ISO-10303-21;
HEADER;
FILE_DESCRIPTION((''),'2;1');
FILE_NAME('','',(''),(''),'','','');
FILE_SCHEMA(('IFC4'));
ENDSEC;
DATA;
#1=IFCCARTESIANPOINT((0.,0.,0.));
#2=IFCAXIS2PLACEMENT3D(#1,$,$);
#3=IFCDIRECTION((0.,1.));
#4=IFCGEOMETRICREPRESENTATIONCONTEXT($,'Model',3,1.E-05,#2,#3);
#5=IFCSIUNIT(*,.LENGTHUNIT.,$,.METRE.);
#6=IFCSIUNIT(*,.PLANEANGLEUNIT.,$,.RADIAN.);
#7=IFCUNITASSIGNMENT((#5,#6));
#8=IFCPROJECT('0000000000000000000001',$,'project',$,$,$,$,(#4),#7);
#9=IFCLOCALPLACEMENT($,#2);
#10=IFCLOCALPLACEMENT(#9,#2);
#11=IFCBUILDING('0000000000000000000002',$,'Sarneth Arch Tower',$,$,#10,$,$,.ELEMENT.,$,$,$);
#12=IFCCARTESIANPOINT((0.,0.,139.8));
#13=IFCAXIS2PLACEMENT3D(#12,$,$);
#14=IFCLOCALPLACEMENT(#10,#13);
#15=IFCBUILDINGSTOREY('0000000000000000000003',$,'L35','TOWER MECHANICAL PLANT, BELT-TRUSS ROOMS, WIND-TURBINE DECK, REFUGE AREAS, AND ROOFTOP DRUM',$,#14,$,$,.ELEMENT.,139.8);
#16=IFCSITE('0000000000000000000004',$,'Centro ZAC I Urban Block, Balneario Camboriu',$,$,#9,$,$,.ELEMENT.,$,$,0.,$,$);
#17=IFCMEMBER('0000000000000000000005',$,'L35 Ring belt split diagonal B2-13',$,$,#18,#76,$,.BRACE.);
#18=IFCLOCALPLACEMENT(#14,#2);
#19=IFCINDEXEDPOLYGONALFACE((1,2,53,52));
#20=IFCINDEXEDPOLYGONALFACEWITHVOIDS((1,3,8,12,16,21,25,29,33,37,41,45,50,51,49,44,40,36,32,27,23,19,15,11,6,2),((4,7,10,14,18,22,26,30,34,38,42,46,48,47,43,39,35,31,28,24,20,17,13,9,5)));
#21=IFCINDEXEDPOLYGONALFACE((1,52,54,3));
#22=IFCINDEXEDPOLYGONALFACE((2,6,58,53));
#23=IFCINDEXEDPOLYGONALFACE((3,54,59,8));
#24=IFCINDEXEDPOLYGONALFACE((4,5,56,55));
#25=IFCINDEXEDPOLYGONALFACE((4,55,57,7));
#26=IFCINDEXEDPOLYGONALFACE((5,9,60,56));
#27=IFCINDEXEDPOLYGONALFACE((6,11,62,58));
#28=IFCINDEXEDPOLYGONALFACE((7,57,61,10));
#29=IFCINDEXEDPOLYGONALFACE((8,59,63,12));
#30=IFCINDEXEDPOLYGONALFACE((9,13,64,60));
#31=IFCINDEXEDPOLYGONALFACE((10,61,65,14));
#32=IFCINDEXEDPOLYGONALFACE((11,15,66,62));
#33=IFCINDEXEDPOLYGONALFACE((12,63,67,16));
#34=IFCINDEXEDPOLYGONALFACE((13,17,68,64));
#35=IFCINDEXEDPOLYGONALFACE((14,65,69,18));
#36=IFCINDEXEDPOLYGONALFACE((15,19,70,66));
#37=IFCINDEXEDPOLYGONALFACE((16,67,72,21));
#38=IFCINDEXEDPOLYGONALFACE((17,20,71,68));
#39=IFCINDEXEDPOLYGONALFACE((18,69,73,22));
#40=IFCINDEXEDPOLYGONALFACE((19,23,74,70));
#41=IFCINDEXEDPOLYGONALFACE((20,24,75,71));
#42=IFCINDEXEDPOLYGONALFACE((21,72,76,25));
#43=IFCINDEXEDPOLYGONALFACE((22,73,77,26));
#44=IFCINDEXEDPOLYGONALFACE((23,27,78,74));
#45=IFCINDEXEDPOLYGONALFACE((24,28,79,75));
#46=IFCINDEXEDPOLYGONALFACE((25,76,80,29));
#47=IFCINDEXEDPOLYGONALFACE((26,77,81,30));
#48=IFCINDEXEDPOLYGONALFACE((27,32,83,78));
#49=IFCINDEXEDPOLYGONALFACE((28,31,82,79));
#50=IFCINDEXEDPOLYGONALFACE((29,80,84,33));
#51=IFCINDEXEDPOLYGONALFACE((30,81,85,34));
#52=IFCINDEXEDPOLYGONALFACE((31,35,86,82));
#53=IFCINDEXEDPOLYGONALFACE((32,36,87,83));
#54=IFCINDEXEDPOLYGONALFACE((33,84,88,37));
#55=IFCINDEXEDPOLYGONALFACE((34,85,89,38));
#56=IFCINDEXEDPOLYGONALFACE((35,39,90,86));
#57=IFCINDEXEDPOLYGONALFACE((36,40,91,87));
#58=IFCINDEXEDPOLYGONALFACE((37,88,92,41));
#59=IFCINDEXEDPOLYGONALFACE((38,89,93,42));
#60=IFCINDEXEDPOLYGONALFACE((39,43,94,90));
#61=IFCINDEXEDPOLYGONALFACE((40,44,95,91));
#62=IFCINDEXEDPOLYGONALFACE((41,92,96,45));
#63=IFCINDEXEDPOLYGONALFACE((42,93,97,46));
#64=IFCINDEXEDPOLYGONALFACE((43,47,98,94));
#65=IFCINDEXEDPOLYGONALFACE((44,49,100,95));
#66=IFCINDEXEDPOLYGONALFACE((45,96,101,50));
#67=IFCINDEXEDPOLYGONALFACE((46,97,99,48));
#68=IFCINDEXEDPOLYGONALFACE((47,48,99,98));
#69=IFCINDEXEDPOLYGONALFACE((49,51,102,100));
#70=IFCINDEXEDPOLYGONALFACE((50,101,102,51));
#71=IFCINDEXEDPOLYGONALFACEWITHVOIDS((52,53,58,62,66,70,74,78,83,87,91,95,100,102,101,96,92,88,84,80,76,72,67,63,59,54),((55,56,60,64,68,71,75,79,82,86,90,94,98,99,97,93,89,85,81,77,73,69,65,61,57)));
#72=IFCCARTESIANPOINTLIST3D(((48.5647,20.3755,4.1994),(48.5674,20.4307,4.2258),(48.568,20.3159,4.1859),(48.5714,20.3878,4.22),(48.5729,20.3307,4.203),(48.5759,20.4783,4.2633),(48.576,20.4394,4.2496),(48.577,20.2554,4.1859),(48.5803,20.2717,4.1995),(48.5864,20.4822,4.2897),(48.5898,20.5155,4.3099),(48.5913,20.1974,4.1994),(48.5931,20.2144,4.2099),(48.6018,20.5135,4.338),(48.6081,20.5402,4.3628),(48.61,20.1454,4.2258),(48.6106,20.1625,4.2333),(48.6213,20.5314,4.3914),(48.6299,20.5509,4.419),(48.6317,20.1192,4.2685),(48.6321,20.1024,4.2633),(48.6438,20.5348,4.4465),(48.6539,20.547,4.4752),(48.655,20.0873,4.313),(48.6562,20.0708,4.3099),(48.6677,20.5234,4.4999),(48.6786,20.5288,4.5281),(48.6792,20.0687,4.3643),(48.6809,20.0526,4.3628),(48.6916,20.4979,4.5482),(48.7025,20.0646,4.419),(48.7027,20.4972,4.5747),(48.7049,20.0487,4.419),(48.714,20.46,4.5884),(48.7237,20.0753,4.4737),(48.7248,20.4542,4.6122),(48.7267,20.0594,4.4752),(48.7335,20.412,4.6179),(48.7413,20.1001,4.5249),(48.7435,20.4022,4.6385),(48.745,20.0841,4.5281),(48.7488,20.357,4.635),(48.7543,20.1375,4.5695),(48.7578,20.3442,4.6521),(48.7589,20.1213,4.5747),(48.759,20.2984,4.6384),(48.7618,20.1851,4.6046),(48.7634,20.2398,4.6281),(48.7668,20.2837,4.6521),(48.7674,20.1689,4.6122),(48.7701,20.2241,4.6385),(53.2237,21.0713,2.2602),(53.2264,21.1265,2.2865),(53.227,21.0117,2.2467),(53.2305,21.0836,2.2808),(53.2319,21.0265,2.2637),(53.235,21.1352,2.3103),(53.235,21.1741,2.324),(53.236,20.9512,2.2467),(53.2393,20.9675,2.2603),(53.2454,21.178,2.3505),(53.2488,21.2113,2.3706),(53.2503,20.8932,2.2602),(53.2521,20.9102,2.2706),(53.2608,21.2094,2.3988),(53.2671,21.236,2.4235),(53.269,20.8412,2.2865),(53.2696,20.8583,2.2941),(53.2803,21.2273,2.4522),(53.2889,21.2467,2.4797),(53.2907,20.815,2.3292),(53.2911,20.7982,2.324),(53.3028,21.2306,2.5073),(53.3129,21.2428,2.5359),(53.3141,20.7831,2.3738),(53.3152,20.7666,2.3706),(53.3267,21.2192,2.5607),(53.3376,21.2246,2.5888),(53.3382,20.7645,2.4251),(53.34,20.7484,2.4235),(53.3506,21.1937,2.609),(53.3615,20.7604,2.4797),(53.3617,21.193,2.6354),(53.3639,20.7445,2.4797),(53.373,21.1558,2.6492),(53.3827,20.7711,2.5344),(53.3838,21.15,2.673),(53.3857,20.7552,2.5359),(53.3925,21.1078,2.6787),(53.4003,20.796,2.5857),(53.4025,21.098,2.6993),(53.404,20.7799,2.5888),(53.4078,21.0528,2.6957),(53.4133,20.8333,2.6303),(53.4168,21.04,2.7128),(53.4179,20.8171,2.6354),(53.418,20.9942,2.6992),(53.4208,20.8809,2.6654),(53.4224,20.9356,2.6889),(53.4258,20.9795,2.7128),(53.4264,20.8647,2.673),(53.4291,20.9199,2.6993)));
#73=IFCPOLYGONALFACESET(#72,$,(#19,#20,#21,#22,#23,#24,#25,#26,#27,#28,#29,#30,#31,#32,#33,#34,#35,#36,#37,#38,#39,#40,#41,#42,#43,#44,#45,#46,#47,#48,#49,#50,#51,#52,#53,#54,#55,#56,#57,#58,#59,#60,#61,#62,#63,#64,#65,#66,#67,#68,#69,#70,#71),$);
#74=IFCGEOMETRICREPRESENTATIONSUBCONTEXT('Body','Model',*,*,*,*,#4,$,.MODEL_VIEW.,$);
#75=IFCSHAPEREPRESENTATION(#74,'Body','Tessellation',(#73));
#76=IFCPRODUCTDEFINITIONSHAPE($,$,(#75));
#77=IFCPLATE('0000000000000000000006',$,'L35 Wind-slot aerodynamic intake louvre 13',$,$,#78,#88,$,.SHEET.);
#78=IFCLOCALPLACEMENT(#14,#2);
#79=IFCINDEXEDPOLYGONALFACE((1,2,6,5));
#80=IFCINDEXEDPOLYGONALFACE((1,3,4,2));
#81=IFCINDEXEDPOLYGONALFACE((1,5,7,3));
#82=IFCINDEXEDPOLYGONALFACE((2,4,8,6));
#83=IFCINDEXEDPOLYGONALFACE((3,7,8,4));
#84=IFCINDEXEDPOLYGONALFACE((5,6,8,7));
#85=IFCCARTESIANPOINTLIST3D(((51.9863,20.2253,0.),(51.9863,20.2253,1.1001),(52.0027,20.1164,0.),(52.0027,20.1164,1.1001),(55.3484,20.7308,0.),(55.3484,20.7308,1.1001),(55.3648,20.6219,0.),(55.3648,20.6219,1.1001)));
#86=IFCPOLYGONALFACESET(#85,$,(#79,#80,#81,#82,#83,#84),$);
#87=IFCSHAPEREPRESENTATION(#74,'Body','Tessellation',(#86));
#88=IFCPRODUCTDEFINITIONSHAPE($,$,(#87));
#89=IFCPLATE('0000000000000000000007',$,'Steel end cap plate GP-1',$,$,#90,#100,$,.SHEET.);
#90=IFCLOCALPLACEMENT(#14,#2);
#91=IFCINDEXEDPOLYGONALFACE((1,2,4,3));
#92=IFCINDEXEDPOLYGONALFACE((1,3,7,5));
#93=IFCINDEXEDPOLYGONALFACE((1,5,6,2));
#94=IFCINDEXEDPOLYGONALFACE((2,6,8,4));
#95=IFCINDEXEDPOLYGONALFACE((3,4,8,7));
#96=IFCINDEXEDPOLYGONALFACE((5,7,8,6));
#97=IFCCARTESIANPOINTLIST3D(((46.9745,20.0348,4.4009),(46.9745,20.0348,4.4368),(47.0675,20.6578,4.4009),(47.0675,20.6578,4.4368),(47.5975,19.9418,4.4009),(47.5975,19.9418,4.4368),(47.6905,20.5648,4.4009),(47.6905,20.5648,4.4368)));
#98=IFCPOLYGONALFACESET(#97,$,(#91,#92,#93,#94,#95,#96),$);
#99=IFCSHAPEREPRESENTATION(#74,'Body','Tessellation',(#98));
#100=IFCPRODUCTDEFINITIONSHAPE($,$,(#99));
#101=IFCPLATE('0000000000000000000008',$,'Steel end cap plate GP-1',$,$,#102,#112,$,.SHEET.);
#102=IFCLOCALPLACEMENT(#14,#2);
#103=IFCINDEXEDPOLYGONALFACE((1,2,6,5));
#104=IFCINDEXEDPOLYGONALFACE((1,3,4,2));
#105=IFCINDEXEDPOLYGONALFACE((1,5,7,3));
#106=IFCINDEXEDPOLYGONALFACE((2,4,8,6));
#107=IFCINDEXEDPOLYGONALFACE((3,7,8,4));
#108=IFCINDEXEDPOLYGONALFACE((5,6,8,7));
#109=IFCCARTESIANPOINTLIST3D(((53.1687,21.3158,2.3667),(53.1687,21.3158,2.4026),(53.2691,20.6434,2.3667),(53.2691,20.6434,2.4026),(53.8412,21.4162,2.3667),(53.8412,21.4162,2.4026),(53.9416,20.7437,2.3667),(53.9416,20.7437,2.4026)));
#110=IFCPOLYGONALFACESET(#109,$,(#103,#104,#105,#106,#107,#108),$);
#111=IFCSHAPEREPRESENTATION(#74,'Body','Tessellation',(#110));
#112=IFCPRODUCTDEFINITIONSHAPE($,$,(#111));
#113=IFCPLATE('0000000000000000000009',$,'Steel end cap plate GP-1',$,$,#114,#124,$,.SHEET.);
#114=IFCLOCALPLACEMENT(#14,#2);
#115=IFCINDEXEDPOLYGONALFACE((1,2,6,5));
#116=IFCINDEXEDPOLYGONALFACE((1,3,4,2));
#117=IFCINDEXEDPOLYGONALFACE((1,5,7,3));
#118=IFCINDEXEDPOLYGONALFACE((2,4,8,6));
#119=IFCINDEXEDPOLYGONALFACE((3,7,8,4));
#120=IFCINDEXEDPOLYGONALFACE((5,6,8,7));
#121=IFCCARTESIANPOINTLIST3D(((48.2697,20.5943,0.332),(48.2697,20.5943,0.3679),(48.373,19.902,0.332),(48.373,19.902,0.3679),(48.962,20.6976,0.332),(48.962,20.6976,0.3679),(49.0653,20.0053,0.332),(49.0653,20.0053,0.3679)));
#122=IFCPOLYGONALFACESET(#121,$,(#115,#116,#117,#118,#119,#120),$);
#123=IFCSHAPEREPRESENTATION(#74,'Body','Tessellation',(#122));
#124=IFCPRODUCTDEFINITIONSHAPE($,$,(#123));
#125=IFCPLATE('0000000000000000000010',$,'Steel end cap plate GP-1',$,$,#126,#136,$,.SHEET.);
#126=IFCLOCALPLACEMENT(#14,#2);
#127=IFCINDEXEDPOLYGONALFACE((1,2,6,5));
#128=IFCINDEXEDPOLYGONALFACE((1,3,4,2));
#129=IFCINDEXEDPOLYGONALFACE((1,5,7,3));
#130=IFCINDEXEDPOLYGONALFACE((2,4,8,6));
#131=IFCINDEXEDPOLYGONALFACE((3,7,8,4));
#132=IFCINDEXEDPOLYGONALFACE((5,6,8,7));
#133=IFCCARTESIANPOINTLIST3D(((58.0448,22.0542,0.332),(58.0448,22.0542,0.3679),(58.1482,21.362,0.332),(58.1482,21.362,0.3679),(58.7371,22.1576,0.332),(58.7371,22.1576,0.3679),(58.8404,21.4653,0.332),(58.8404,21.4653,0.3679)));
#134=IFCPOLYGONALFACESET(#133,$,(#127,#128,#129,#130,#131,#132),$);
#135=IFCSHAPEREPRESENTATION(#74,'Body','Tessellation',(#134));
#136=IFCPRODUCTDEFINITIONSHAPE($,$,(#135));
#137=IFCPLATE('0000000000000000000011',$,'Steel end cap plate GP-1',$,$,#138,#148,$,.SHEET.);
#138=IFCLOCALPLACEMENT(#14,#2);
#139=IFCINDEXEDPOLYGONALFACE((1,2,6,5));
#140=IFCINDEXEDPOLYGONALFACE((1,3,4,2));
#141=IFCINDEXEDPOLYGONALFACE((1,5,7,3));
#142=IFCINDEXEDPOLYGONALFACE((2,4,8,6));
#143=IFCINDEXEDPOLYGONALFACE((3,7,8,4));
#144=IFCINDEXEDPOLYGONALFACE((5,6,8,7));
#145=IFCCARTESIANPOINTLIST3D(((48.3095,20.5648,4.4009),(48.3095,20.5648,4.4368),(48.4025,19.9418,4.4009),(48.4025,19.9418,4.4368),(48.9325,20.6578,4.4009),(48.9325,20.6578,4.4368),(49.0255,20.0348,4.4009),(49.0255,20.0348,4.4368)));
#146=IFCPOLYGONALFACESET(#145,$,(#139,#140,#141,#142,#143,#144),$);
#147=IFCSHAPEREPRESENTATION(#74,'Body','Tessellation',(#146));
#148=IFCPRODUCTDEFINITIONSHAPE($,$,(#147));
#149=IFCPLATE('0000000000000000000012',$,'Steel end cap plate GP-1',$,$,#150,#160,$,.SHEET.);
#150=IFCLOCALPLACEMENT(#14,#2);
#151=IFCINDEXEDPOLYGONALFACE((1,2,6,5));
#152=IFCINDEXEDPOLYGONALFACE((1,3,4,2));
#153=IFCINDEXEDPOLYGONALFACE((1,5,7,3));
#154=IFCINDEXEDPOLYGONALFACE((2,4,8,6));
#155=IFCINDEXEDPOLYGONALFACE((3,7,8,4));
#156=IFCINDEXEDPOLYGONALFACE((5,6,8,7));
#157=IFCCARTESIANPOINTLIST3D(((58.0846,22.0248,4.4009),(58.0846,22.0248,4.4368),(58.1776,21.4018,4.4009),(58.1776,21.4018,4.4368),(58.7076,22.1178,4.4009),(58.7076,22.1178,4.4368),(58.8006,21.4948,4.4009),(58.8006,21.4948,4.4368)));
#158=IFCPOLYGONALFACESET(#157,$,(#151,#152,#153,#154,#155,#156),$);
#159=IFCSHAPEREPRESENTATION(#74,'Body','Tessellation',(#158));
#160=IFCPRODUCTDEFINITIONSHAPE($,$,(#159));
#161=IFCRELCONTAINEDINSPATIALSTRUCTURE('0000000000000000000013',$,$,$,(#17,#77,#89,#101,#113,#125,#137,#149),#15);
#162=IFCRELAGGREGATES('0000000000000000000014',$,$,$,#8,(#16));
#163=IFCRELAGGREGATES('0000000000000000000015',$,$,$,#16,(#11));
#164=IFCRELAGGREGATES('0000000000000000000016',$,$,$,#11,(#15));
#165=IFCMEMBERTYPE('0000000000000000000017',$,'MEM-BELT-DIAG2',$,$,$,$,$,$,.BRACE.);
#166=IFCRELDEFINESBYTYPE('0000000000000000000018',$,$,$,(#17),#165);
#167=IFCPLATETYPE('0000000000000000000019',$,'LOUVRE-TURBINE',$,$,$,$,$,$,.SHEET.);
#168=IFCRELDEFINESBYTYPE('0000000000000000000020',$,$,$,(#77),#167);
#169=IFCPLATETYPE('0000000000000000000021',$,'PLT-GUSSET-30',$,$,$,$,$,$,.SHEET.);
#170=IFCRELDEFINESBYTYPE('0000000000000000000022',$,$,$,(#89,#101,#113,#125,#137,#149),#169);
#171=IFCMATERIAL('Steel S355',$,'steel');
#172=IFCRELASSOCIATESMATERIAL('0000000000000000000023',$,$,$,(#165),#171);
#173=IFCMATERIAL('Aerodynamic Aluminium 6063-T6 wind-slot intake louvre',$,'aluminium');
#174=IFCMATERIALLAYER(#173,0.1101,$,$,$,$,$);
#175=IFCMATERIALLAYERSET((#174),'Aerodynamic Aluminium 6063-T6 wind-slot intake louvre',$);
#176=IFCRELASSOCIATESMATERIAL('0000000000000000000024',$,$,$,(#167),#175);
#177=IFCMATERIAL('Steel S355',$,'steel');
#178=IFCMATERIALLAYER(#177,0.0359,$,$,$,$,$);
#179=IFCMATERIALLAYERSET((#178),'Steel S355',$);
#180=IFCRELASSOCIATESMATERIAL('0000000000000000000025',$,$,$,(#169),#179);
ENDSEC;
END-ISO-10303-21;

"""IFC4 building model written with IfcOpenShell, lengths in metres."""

from ifc_helpers import new_model, si_unit, direction, frame, origin, origin_2d, place, context, subcontext, project, spatial, rectangle, hollow_circle, extrude, material, layer, layer_set, material_profile, profile_set, type_object, element, save


model = new_model("IFC4")

# Units and contexts
model_context = context("Model", 3, precision=1e-05, world=origin(), true_north=direction((0.0, 1.0)))
body_context = subcontext(model_context, "Body", "Model", "MODEL_VIEW")
ifc_project = project(units=[si_unit("LENGTHUNIT", "METRE"), si_unit("PLANEANGLEUNIT", "RADIAN")], contexts=[model_context])

# Site, building, storey
site_placement = place(None, origin())
site = spatial("IfcSite", under=ifc_project, at=site_placement, Name="Centro ZAC I Urban Block, Balneario Camboriu", CompositionType="ELEMENT", RefElevation=0.0)
building_placement = place(site_placement, origin())
building = spatial("IfcBuilding", under=site, at=building_placement, Name="Sarneth Arch Tower", CompositionType="ELEMENT")
storey_placement = place(building_placement, frame((0.0, 0.0, 139.8)))
storey = spatial("IfcBuildingStorey", under=building, at=storey_placement, Name="L35", Description="TOWER MECHANICAL PLANT, BELT-TRUSS ROOMS, WIND-TURBINE DECK, REFUGE AREAS, AND ROOFTOP DRUM", CompositionType="ELEMENT", Elevation=139.8)

# Member
ifc_material_1 = material(Name="Steel S355", Category="steel")
ifc_material_profile_1 = material_profile(ifc_material_1, hollow_circle(Radius=0.2539, WallThickness=0.0161, at=origin_2d()), Name="CHS508x16")
ifc_profile_set_1 = profile_set([ifc_material_profile_1], Name="Steel S355")
member_type_1 = type_object("IfcMemberType", Name="MEM-BELT-DIAG2", PredefinedType="BRACE", material=ifc_profile_set_1)
for number, where, z_axis, x_axis, name in (
    (1, (53.3264, 20.9956, 2.4797), (-0.914566, -0.136588, 0.380674), (0.147709, -0.989031, 0.0), "L35 Ring belt split diagonal B2-13"),
):
    element("IfcMember", number, at=place(storey_placement, frame(where, z_axis=z_axis, x_axis=x_axis)), inside=storey, type_object=member_type_1, Name=name, PredefinedType="BRACE", context=body_context, shape_type="SweptSolid", body=[
        extrude(hollow_circle(Radius=0.2539, WallThickness=0.0161, at=origin_2d()), origin(), (0.0, 0.0, 1.0), 5.0942),
    ])

# Plates
ifc_material_2 = material(Name="Aerodynamic Aluminium 6063-T6 wind-slot intake louvre", Category="aluminium")
ifc_layer_1 = layer(ifc_material_2, 0.1101)
ifc_layer_set_1 = layer_set([ifc_layer_1], Name="Aerodynamic Aluminium 6063-T6 wind-slot intake louvre")
plate_type_1 = type_object("IfcPlateType", Name="LOUVRE-TURBINE", PredefinedType="SHEET", material=ifc_layer_set_1)
plate_1_placement = place(storey_placement, frame((53.6755, 20.4236, 0.0), z_axis=(0.0, 0.0, 1.0), x_axis=(0.988886, 0.148672, 0.0)))
element("IfcPlate", 2, at=plate_1_placement, inside=storey, type_object=plate_type_1, Name="L35 Wind-slot aerodynamic intake louvre 13", PredefinedType="SHEET", context=body_context, shape_type="SweptSolid", body=[
    extrude(rectangle(XDim=3.3999, YDim=0.1101, at=origin_2d()), origin(), (0.0, 0.0, 1.0), 1.1001),
])
ifc_material_3 = material(Name="Steel S355", Category="steel")
ifc_layer_2 = layer(ifc_material_3, 0.0359)
ifc_layer_set_2 = layer_set([ifc_layer_2], Name="Steel S355")
plate_type_2 = type_object("IfcPlateType", Name="PLT-GUSSET-30", PredefinedType="SHEET", material=ifc_layer_set_2)
plate_2_placement = place(storey_placement, frame((47.3325, 20.2998, 4.4009), z_axis=(0.0, 0.0, 1.0), x_axis=(0.989042, -0.147637, 0.0)))
element("IfcPlate", 3, at=plate_2_placement, inside=storey, type_object=plate_type_2, Name="Steel end cap plate GP-1", PredefinedType="SHEET", context=body_context, shape_type="SweptSolid", body=[
    extrude(rectangle(XDim=0.6299, YDim=0.6299, at=origin_2d()), origin(), (0.0, 0.0, 1.0), 0.0359),
])
plate_3_placement = place(storey_placement, frame((53.5552, 21.0298, 2.3667), z_axis=(0.0, 0.0, 1.0), x_axis=(0.989042, 0.147637, 0.0)))
element("IfcPlate", 4, at=plate_3_placement, inside=storey, type_object=plate_type_2, Name="Steel end cap plate GP-1", PredefinedType="SHEET", context=body_context, shape_type="SweptSolid", body=[
    extrude(rectangle(XDim=0.6799, YDim=0.6799, at=origin_2d()), origin(), (0.0, 0.0, 1.0), 0.0359),
])
for number, where, z_axis, x_axis, name in (
    (5, (48.6675, 20.2998, 0.332), (0.0, 0.0, 1.0), (-0.989042, -0.147637, 0.0), "Steel end cap plate GP-1"),
    (6, (58.4426, 21.7598, 0.332), (0.0, 0.0, 1.0), (0.989042, 0.147637, 0.0), "Steel end cap plate GP-1"),
):
    element("IfcPlate", number, at=place(storey_placement, frame(where, z_axis=z_axis, x_axis=x_axis)), inside=storey, type_object=plate_type_2, Name=name, PredefinedType="SHEET", context=body_context, shape_type="SweptSolid", body=[
        extrude(rectangle(XDim=0.7, YDim=0.7, at=origin_2d()), origin(), (0.0, 0.0, 1.0), 0.0359),
    ])
for number, where, z_axis, x_axis, name in (
    (7, (48.6675, 20.2998, 4.4009), (0.0, 0.0, 1.0), (-0.989042, -0.147637, 0.0), "Steel end cap plate GP-1"),
    (8, (58.4426, 21.7598, 4.4009), (0.0, 0.0, 1.0), (0.989042, 0.147637, 0.0), "Steel end cap plate GP-1"),
):
    element("IfcPlate", number, at=place(storey_placement, frame(where, z_axis=z_axis, x_axis=x_axis)), inside=storey, type_object=plate_type_2, Name=name, PredefinedType="SHEET", context=body_context, shape_type="SweptSolid", body=[
        extrude(rectangle(XDim=0.6299, YDim=0.6299, at=origin_2d()), origin(), (0.0, 0.0, 1.0), 0.0359),
    ])

save(model, "model.ifc")
